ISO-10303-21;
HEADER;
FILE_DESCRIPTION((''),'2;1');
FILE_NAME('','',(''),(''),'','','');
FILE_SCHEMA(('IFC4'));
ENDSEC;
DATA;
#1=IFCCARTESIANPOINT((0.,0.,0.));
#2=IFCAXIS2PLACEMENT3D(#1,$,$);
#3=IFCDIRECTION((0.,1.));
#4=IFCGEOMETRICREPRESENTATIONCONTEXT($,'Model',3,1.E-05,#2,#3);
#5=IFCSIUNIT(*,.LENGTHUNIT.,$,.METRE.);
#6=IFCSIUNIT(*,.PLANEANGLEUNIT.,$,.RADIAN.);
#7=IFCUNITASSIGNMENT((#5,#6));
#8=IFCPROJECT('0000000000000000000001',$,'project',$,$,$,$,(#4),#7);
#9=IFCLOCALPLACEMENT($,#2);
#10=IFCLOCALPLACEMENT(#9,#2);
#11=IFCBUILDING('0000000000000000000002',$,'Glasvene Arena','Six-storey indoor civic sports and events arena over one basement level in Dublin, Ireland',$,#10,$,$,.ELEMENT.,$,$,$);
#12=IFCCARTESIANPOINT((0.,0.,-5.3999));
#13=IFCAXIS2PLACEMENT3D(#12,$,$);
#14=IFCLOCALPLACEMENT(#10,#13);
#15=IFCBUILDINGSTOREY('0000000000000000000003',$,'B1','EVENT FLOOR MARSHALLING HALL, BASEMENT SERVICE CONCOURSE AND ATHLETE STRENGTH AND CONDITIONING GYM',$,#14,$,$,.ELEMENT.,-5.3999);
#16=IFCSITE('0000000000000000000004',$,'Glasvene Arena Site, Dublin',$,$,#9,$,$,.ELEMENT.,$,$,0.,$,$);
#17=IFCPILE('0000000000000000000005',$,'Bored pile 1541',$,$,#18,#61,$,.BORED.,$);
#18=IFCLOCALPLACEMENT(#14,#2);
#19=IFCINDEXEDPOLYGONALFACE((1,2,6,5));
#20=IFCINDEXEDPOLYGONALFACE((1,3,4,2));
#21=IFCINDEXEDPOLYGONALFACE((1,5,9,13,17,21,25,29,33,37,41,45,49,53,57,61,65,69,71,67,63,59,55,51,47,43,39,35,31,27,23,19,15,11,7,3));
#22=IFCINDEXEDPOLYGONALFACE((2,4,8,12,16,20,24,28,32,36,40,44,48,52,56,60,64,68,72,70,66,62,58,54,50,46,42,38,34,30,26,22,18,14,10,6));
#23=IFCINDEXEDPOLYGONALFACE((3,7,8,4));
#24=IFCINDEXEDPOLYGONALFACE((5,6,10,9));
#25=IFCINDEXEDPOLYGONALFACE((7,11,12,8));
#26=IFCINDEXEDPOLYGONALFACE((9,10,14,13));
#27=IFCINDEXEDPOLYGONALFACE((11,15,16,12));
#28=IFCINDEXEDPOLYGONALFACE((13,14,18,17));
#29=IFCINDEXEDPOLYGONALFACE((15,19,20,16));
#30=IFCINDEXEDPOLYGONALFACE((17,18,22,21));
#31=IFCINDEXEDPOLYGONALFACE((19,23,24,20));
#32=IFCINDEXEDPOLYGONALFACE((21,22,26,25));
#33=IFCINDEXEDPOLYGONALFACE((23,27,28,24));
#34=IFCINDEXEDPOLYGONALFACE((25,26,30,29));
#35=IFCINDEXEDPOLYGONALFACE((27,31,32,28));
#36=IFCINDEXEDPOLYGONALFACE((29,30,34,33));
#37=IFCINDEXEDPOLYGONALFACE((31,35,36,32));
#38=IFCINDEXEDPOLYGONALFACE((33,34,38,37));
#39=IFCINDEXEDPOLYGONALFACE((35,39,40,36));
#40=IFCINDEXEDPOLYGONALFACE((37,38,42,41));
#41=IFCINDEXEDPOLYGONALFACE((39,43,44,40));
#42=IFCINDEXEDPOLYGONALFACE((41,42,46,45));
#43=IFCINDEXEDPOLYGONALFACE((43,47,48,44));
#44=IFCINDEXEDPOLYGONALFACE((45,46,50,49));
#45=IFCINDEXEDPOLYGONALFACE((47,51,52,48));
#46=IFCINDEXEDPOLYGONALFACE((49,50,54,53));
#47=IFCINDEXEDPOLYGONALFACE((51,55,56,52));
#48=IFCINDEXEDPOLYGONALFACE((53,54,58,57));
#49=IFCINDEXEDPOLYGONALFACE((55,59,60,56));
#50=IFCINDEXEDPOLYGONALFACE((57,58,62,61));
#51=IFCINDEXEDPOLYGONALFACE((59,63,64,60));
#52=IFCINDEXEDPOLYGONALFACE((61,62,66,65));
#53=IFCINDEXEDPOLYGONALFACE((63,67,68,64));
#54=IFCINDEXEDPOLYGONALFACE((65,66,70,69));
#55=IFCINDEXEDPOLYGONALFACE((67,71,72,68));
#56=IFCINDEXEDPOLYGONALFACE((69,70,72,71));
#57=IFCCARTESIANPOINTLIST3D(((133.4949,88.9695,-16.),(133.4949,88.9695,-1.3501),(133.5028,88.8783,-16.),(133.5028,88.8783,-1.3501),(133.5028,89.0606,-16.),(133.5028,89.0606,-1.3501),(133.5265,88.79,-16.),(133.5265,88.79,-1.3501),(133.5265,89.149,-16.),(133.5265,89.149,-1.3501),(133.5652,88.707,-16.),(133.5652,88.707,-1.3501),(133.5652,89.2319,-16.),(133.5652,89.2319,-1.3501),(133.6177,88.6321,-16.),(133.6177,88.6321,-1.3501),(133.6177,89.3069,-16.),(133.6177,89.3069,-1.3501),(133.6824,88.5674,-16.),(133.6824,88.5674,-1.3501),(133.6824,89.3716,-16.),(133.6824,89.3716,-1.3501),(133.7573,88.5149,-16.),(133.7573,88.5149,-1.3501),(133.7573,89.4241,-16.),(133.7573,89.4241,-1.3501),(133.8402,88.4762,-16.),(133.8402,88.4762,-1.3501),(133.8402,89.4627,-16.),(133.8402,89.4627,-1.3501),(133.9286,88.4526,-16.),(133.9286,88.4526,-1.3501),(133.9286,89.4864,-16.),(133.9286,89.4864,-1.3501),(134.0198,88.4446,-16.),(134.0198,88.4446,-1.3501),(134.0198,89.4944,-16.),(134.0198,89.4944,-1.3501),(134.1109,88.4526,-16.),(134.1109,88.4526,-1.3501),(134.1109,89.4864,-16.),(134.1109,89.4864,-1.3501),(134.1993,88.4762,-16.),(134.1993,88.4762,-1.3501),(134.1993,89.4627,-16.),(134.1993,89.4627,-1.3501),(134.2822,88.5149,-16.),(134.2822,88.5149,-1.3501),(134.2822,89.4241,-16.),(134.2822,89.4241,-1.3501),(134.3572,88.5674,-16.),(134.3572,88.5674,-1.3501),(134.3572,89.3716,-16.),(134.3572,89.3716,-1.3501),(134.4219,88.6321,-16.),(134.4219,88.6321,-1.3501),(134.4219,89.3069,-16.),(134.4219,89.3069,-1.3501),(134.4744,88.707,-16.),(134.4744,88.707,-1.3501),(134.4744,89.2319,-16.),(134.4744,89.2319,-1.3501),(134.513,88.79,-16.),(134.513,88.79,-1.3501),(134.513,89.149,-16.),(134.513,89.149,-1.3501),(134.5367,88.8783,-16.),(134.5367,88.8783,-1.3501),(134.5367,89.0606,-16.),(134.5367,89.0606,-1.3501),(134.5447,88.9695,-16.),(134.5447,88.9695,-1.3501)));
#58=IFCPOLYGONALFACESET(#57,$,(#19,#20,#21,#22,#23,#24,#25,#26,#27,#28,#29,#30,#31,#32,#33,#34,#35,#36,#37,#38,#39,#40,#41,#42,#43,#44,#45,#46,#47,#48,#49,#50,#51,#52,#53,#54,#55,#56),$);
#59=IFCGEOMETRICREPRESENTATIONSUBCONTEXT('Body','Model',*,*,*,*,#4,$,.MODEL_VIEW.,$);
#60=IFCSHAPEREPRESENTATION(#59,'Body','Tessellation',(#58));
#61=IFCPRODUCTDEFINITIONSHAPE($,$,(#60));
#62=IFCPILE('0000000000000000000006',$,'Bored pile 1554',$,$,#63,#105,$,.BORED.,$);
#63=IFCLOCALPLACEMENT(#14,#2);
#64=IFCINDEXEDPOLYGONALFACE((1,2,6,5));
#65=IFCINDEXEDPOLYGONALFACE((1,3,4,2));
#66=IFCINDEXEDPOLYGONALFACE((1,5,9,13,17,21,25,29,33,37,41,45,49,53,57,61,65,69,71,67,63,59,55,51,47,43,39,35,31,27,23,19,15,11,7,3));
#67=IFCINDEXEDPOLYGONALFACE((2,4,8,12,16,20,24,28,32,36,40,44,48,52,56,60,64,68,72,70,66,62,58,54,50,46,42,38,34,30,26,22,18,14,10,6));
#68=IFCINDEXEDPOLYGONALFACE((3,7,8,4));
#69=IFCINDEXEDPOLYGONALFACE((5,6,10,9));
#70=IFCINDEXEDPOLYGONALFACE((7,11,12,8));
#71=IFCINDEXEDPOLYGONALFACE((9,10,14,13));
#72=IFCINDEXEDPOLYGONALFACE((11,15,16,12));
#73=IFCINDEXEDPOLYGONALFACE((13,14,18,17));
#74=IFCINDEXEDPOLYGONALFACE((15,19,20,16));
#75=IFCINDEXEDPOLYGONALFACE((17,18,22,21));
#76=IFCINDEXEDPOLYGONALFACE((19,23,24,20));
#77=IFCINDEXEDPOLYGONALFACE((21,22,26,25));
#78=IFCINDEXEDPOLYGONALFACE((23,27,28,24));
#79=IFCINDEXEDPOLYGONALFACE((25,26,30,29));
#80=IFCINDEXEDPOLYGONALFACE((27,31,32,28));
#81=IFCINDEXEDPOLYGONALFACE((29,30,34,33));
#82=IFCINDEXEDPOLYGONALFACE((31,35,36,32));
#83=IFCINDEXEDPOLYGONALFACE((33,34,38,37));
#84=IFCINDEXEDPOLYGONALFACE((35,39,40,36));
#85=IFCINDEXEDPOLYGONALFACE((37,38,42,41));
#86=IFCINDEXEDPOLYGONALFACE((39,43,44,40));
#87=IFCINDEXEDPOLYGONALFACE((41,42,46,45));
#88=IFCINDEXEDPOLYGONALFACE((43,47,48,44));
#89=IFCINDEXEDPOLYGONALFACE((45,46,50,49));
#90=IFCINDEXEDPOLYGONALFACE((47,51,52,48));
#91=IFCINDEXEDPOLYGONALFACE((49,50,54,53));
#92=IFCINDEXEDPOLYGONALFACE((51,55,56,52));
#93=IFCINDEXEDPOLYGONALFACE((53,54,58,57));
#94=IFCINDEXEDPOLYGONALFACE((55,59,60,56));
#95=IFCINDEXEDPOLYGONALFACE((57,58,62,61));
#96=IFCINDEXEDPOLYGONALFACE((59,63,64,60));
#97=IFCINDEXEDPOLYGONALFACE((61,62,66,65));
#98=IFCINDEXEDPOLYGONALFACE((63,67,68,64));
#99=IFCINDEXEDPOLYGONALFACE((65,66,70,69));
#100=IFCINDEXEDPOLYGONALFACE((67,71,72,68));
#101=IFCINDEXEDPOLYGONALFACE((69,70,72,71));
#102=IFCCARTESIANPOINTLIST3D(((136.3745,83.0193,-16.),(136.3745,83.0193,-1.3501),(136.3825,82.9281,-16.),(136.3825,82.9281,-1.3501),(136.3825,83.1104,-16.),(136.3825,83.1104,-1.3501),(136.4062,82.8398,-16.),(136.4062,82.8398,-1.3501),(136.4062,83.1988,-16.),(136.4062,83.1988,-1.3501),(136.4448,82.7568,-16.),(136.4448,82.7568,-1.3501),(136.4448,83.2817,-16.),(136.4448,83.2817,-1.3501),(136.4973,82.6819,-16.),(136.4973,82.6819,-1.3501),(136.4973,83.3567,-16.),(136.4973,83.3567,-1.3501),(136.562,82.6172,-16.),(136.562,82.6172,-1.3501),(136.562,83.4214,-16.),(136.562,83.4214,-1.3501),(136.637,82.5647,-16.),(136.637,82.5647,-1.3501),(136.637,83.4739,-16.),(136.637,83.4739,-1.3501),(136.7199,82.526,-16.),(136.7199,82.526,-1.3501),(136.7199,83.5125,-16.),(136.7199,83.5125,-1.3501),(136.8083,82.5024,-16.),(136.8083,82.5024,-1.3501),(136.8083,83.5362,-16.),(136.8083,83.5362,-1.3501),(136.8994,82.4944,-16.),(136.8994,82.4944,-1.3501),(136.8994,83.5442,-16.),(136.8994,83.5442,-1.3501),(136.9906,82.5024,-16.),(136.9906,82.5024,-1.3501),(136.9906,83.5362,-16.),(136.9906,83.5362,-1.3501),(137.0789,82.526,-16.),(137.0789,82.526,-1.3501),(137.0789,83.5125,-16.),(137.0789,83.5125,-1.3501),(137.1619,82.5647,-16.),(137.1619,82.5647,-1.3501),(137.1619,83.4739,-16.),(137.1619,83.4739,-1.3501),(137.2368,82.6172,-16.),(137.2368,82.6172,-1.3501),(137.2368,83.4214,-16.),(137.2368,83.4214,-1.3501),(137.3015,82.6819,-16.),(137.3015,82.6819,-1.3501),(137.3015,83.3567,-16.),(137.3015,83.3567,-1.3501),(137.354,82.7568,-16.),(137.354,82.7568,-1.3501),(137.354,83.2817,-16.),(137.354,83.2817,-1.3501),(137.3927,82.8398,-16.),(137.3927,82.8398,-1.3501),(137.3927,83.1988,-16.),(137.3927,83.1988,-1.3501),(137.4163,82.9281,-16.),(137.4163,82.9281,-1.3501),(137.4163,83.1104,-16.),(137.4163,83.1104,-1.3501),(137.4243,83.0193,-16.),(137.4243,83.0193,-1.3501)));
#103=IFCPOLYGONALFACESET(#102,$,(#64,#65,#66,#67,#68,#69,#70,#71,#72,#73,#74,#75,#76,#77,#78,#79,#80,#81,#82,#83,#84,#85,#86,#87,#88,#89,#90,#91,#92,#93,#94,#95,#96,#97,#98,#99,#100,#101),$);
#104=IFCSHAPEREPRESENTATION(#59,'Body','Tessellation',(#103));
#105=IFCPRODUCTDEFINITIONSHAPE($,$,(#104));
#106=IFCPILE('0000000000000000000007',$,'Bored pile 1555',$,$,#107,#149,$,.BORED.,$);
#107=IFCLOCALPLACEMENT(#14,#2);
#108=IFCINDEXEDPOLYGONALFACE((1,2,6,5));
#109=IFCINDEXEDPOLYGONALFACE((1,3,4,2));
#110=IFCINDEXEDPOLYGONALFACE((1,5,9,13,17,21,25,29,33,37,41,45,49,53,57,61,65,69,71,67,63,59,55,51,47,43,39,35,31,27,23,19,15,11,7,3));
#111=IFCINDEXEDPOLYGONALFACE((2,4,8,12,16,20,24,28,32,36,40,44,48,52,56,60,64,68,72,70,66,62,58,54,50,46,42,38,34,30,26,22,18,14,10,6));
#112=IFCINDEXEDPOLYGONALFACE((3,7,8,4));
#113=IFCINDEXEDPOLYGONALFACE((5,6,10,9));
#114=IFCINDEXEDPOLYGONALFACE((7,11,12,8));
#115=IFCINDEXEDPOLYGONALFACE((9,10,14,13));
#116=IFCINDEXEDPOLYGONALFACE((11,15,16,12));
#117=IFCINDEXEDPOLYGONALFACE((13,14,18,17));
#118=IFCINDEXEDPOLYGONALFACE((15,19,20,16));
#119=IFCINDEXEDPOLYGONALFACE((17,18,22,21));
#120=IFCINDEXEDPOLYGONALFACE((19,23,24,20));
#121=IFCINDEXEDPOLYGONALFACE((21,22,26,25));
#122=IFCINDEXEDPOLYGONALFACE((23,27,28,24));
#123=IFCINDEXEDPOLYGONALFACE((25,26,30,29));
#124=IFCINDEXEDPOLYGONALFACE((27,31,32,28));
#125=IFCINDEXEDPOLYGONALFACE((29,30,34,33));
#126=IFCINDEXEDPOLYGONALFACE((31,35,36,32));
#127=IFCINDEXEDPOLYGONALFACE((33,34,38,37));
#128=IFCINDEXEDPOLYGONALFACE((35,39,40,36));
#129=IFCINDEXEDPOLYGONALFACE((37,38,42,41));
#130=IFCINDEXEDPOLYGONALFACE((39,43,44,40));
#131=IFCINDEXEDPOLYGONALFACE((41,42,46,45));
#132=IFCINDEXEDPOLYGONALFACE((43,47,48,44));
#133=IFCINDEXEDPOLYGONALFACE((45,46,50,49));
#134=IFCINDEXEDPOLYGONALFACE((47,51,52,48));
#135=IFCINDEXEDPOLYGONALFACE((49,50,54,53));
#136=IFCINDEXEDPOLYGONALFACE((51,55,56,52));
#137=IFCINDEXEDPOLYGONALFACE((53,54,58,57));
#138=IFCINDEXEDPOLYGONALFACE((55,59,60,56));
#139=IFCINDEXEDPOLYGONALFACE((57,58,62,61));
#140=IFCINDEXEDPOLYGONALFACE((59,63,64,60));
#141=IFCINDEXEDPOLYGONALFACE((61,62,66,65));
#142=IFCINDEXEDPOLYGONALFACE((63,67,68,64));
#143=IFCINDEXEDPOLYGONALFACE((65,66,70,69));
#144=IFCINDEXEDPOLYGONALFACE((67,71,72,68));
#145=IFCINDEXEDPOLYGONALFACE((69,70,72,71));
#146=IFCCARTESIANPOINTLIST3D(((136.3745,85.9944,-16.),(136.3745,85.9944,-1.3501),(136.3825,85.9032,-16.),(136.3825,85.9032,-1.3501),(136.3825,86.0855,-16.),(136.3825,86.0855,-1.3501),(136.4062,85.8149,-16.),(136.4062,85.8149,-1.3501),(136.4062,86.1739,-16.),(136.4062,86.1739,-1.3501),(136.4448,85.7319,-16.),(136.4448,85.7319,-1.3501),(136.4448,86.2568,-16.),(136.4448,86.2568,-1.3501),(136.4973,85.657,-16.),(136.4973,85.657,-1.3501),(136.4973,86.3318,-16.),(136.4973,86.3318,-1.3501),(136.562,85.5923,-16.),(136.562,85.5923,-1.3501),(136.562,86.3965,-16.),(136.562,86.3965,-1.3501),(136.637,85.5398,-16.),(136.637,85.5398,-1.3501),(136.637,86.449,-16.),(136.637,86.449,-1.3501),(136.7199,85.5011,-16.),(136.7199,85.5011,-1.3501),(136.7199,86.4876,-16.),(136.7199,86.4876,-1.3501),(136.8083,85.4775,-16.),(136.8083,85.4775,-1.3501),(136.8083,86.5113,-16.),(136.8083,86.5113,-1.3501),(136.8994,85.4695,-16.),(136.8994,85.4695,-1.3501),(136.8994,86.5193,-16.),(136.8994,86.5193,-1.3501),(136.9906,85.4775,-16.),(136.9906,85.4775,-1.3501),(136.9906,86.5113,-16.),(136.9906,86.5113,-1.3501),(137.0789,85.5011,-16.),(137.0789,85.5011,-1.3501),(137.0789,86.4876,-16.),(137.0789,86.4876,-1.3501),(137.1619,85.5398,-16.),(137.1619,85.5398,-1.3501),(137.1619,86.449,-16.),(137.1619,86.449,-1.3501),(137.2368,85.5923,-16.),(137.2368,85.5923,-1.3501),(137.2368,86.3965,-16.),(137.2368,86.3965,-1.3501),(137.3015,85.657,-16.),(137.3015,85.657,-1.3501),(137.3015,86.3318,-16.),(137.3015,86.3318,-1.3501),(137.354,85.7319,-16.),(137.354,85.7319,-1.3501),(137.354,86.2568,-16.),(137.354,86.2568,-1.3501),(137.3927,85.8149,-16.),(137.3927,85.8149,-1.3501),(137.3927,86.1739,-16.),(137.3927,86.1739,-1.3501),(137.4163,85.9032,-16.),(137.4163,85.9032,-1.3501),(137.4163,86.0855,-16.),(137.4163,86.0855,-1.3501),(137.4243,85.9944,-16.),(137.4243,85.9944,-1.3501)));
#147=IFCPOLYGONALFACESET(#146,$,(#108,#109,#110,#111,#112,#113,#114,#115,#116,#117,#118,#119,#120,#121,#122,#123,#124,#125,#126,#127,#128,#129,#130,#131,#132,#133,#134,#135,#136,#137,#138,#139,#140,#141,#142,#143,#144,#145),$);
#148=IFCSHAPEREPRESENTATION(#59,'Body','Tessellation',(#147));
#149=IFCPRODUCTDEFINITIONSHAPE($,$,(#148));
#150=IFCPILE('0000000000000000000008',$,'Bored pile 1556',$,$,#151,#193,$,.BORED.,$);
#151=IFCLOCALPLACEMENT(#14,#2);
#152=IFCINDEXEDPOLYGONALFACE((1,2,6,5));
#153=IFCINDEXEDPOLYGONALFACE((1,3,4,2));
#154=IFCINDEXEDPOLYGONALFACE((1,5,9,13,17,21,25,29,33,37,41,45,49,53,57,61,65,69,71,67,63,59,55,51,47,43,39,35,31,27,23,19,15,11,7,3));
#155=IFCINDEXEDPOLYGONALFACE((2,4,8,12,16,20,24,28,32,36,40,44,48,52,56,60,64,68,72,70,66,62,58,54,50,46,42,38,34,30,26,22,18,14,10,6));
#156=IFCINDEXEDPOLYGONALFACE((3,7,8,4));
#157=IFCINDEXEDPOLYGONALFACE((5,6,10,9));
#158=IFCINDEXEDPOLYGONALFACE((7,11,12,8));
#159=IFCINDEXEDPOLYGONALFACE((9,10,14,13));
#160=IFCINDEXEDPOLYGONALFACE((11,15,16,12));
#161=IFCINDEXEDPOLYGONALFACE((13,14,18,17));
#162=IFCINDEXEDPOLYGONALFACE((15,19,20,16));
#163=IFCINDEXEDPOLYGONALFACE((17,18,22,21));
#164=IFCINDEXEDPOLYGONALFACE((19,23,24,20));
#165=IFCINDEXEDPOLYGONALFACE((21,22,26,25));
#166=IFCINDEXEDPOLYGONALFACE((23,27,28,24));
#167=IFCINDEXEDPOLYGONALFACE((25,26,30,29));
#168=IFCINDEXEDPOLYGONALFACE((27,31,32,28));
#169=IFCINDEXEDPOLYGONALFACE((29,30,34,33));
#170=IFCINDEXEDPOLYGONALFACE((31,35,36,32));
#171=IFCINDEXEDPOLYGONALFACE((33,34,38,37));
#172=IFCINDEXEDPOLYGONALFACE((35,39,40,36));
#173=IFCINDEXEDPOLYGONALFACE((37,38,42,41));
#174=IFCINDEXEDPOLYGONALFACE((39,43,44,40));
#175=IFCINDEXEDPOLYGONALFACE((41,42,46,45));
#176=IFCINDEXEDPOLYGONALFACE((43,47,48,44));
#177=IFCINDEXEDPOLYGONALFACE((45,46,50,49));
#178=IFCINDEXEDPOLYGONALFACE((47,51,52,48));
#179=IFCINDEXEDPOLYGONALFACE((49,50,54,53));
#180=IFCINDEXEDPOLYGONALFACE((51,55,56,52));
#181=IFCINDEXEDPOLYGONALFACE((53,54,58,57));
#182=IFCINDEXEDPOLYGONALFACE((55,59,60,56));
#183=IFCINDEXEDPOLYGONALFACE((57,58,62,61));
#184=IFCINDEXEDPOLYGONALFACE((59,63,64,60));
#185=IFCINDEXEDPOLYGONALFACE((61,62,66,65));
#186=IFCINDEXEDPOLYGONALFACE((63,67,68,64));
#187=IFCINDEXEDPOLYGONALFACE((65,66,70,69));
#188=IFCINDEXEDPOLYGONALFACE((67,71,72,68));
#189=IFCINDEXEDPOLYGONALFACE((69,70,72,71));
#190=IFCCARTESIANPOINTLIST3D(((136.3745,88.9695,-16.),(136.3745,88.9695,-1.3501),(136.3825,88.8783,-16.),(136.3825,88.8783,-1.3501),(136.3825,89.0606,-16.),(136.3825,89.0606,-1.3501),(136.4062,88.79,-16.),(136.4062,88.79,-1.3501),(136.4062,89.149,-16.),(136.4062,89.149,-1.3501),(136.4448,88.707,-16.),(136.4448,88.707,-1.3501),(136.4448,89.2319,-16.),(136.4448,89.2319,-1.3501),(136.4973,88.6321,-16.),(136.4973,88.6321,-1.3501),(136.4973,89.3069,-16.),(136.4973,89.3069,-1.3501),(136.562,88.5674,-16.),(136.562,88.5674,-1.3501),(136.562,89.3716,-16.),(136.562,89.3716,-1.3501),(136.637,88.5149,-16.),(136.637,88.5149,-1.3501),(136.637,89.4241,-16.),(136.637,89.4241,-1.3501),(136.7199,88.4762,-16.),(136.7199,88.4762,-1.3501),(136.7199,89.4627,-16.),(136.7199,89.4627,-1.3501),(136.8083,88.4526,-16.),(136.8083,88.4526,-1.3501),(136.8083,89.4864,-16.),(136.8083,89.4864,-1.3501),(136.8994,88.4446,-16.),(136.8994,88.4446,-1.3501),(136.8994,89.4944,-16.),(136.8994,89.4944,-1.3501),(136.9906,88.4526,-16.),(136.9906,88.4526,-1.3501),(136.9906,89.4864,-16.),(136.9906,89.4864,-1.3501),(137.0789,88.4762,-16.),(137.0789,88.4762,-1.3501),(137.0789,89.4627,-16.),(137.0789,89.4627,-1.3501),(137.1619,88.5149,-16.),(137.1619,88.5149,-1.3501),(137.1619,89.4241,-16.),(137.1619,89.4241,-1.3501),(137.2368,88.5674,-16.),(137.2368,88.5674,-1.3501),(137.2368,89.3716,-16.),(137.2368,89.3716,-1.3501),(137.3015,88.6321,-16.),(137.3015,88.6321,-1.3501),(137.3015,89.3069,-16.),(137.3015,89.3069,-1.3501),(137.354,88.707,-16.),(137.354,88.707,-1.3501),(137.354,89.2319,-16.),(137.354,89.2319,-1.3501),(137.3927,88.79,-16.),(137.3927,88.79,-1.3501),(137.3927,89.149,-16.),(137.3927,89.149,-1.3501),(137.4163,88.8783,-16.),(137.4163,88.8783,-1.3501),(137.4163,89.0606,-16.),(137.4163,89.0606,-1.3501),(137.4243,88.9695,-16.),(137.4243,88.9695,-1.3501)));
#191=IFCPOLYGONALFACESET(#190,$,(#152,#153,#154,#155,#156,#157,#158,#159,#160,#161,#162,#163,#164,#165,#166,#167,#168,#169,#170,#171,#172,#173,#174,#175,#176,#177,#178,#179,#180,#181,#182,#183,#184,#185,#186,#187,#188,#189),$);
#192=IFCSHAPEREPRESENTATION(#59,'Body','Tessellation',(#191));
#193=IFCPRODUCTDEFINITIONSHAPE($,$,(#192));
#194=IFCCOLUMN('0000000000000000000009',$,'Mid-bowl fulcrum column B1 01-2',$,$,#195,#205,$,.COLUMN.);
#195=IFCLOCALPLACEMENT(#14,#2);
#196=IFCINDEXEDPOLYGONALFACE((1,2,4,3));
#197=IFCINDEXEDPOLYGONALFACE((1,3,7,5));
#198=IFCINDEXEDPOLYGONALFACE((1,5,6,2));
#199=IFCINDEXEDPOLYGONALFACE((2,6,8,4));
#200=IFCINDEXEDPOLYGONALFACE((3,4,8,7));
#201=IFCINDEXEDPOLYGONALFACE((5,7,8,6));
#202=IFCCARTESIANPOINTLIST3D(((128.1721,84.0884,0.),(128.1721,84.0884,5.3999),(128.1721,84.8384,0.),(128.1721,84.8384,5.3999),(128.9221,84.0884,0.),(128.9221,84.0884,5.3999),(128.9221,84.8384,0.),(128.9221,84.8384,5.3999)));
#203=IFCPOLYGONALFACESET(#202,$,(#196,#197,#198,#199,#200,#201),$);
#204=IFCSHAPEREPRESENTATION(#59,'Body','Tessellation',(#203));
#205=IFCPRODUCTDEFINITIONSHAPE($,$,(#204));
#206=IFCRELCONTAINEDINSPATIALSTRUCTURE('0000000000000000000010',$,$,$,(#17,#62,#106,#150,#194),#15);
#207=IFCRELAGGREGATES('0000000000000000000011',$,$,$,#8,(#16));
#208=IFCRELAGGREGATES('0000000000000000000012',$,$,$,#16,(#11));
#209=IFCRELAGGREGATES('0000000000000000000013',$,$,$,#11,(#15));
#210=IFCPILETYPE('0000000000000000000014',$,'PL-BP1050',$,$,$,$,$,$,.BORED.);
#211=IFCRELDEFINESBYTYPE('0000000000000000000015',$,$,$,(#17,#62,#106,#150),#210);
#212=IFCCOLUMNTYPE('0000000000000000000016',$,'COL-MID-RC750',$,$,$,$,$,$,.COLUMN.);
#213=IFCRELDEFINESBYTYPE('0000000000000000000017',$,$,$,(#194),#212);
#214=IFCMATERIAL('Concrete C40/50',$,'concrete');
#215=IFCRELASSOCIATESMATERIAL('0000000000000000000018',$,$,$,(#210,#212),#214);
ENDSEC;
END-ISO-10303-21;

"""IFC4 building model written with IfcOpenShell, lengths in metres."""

from ifc_helpers import new_model, si_unit, direction, frame, origin, origin_2d, place, context, subcontext, project, spatial, rectangle, circle, extrude, material, material_profile, profile_set, type_object, element, save


model = new_model("IFC4")

# Units and contexts
model_context = context("Model", 3, precision=1e-05, world=origin(), true_north=direction((0.0, 1.0)))
body_context = subcontext(model_context, "Body", "Model", "MODEL_VIEW")
ifc_project = project(units=[si_unit("LENGTHUNIT", "METRE"), si_unit("PLANEANGLEUNIT", "RADIAN")], contexts=[model_context])

# Site, building, storey
site_placement = place(None, origin())
site = spatial("IfcSite", under=ifc_project, at=site_placement, Name="Glasvene Arena Site, Dublin", CompositionType="ELEMENT", RefElevation=0.0)
building_placement = place(site_placement, origin())
building = spatial("IfcBuilding", under=site, at=building_placement, Name="Glasvene Arena", Description="Six-storey indoor civic sports and events arena over one basement level in Dublin, Ireland", CompositionType="ELEMENT")
storey_placement = place(building_placement, frame((0.0, 0.0, -5.3999)))
storey = spatial("IfcBuildingStorey", under=building, at=storey_placement, Name="B1", Description="EVENT FLOOR MARSHALLING HALL, BASEMENT SERVICE CONCOURSE AND ATHLETE STRENGTH AND CONDITIONING GYM", CompositionType="ELEMENT", Elevation=-5.3999)

# Piles
ifc_material_1 = material(Name="Concrete C40/50", Category="concrete")
ifc_material_profile_1 = material_profile(ifc_material_1, circle(Radius=0.5249, at=origin_2d()), Name="BORED PILE 1050")
ifc_profile_set_1 = profile_set([ifc_material_profile_1], Name="Concrete C40/50")
pile_type = type_object("IfcPileType", Name="PL-BP1050", PredefinedType="BORED", material=ifc_profile_set_1)
for number, where, z_axis, x_axis, name in (
    (1, (134.0198, 88.9695, -1.3501), (0.0, 0.0, -1.0), (1.0, 0.0, 0.0), "Bored pile 1541"),
    (2, (136.8994, 83.0193, -1.3501), (0.0, 0.0, -1.0), (1.0, 0.0, 0.0), "Bored pile 1554"),
    (3, (136.8994, 85.9944, -1.3501), (0.0, 0.0, -1.0), (1.0, 0.0, 0.0), "Bored pile 1555"),
    (4, (136.8994, 88.9695, -1.3501), (0.0, 0.0, -1.0), (1.0, 0.0, 0.0), "Bored pile 1556"),
):
    element("IfcPile", number, at=place(storey_placement, frame(where, z_axis=z_axis, x_axis=x_axis)), inside=storey, type_object=pile_type, Name=name, PredefinedType="BORED", context=body_context, shape_type="SweptSolid", body=[
        extrude(circle(Radius=0.5249, at=origin_2d()), origin(), (0.0, 0.0, 1.0), 14.6499),
    ])

# Column
ifc_material_profile_2 = material_profile(ifc_material_1, rectangle(XDim=0.75, YDim=0.75, at=origin_2d()), Name="RC 750x750")
ifc_profile_set_2 = profile_set([ifc_material_profile_2], Name="Concrete C40/50")
column_type_1 = type_object("IfcColumnType", Name="COL-MID-RC750", PredefinedType="COLUMN", material=ifc_profile_set_2)
for number, where, z_axis, x_axis, name in (
    (5, (128.5471, 84.4634, 0.0), (0.0, 0.0, 1.0), (1.0, 0.0, 0.0), "Mid-bowl fulcrum column B1 01-2"),
):
    element("IfcColumn", number, at=place(storey_placement, frame(where, z_axis=z_axis, x_axis=x_axis)), inside=storey, type_object=column_type_1, Name=name, PredefinedType="COLUMN", context=body_context, shape_type="SweptSolid", body=[
        extrude(rectangle(XDim=0.75, YDim=0.75, at=origin_2d()), origin(), (0.0, 0.0, 1.0), 5.3999),
    ])

save(model, "model.ifc")
